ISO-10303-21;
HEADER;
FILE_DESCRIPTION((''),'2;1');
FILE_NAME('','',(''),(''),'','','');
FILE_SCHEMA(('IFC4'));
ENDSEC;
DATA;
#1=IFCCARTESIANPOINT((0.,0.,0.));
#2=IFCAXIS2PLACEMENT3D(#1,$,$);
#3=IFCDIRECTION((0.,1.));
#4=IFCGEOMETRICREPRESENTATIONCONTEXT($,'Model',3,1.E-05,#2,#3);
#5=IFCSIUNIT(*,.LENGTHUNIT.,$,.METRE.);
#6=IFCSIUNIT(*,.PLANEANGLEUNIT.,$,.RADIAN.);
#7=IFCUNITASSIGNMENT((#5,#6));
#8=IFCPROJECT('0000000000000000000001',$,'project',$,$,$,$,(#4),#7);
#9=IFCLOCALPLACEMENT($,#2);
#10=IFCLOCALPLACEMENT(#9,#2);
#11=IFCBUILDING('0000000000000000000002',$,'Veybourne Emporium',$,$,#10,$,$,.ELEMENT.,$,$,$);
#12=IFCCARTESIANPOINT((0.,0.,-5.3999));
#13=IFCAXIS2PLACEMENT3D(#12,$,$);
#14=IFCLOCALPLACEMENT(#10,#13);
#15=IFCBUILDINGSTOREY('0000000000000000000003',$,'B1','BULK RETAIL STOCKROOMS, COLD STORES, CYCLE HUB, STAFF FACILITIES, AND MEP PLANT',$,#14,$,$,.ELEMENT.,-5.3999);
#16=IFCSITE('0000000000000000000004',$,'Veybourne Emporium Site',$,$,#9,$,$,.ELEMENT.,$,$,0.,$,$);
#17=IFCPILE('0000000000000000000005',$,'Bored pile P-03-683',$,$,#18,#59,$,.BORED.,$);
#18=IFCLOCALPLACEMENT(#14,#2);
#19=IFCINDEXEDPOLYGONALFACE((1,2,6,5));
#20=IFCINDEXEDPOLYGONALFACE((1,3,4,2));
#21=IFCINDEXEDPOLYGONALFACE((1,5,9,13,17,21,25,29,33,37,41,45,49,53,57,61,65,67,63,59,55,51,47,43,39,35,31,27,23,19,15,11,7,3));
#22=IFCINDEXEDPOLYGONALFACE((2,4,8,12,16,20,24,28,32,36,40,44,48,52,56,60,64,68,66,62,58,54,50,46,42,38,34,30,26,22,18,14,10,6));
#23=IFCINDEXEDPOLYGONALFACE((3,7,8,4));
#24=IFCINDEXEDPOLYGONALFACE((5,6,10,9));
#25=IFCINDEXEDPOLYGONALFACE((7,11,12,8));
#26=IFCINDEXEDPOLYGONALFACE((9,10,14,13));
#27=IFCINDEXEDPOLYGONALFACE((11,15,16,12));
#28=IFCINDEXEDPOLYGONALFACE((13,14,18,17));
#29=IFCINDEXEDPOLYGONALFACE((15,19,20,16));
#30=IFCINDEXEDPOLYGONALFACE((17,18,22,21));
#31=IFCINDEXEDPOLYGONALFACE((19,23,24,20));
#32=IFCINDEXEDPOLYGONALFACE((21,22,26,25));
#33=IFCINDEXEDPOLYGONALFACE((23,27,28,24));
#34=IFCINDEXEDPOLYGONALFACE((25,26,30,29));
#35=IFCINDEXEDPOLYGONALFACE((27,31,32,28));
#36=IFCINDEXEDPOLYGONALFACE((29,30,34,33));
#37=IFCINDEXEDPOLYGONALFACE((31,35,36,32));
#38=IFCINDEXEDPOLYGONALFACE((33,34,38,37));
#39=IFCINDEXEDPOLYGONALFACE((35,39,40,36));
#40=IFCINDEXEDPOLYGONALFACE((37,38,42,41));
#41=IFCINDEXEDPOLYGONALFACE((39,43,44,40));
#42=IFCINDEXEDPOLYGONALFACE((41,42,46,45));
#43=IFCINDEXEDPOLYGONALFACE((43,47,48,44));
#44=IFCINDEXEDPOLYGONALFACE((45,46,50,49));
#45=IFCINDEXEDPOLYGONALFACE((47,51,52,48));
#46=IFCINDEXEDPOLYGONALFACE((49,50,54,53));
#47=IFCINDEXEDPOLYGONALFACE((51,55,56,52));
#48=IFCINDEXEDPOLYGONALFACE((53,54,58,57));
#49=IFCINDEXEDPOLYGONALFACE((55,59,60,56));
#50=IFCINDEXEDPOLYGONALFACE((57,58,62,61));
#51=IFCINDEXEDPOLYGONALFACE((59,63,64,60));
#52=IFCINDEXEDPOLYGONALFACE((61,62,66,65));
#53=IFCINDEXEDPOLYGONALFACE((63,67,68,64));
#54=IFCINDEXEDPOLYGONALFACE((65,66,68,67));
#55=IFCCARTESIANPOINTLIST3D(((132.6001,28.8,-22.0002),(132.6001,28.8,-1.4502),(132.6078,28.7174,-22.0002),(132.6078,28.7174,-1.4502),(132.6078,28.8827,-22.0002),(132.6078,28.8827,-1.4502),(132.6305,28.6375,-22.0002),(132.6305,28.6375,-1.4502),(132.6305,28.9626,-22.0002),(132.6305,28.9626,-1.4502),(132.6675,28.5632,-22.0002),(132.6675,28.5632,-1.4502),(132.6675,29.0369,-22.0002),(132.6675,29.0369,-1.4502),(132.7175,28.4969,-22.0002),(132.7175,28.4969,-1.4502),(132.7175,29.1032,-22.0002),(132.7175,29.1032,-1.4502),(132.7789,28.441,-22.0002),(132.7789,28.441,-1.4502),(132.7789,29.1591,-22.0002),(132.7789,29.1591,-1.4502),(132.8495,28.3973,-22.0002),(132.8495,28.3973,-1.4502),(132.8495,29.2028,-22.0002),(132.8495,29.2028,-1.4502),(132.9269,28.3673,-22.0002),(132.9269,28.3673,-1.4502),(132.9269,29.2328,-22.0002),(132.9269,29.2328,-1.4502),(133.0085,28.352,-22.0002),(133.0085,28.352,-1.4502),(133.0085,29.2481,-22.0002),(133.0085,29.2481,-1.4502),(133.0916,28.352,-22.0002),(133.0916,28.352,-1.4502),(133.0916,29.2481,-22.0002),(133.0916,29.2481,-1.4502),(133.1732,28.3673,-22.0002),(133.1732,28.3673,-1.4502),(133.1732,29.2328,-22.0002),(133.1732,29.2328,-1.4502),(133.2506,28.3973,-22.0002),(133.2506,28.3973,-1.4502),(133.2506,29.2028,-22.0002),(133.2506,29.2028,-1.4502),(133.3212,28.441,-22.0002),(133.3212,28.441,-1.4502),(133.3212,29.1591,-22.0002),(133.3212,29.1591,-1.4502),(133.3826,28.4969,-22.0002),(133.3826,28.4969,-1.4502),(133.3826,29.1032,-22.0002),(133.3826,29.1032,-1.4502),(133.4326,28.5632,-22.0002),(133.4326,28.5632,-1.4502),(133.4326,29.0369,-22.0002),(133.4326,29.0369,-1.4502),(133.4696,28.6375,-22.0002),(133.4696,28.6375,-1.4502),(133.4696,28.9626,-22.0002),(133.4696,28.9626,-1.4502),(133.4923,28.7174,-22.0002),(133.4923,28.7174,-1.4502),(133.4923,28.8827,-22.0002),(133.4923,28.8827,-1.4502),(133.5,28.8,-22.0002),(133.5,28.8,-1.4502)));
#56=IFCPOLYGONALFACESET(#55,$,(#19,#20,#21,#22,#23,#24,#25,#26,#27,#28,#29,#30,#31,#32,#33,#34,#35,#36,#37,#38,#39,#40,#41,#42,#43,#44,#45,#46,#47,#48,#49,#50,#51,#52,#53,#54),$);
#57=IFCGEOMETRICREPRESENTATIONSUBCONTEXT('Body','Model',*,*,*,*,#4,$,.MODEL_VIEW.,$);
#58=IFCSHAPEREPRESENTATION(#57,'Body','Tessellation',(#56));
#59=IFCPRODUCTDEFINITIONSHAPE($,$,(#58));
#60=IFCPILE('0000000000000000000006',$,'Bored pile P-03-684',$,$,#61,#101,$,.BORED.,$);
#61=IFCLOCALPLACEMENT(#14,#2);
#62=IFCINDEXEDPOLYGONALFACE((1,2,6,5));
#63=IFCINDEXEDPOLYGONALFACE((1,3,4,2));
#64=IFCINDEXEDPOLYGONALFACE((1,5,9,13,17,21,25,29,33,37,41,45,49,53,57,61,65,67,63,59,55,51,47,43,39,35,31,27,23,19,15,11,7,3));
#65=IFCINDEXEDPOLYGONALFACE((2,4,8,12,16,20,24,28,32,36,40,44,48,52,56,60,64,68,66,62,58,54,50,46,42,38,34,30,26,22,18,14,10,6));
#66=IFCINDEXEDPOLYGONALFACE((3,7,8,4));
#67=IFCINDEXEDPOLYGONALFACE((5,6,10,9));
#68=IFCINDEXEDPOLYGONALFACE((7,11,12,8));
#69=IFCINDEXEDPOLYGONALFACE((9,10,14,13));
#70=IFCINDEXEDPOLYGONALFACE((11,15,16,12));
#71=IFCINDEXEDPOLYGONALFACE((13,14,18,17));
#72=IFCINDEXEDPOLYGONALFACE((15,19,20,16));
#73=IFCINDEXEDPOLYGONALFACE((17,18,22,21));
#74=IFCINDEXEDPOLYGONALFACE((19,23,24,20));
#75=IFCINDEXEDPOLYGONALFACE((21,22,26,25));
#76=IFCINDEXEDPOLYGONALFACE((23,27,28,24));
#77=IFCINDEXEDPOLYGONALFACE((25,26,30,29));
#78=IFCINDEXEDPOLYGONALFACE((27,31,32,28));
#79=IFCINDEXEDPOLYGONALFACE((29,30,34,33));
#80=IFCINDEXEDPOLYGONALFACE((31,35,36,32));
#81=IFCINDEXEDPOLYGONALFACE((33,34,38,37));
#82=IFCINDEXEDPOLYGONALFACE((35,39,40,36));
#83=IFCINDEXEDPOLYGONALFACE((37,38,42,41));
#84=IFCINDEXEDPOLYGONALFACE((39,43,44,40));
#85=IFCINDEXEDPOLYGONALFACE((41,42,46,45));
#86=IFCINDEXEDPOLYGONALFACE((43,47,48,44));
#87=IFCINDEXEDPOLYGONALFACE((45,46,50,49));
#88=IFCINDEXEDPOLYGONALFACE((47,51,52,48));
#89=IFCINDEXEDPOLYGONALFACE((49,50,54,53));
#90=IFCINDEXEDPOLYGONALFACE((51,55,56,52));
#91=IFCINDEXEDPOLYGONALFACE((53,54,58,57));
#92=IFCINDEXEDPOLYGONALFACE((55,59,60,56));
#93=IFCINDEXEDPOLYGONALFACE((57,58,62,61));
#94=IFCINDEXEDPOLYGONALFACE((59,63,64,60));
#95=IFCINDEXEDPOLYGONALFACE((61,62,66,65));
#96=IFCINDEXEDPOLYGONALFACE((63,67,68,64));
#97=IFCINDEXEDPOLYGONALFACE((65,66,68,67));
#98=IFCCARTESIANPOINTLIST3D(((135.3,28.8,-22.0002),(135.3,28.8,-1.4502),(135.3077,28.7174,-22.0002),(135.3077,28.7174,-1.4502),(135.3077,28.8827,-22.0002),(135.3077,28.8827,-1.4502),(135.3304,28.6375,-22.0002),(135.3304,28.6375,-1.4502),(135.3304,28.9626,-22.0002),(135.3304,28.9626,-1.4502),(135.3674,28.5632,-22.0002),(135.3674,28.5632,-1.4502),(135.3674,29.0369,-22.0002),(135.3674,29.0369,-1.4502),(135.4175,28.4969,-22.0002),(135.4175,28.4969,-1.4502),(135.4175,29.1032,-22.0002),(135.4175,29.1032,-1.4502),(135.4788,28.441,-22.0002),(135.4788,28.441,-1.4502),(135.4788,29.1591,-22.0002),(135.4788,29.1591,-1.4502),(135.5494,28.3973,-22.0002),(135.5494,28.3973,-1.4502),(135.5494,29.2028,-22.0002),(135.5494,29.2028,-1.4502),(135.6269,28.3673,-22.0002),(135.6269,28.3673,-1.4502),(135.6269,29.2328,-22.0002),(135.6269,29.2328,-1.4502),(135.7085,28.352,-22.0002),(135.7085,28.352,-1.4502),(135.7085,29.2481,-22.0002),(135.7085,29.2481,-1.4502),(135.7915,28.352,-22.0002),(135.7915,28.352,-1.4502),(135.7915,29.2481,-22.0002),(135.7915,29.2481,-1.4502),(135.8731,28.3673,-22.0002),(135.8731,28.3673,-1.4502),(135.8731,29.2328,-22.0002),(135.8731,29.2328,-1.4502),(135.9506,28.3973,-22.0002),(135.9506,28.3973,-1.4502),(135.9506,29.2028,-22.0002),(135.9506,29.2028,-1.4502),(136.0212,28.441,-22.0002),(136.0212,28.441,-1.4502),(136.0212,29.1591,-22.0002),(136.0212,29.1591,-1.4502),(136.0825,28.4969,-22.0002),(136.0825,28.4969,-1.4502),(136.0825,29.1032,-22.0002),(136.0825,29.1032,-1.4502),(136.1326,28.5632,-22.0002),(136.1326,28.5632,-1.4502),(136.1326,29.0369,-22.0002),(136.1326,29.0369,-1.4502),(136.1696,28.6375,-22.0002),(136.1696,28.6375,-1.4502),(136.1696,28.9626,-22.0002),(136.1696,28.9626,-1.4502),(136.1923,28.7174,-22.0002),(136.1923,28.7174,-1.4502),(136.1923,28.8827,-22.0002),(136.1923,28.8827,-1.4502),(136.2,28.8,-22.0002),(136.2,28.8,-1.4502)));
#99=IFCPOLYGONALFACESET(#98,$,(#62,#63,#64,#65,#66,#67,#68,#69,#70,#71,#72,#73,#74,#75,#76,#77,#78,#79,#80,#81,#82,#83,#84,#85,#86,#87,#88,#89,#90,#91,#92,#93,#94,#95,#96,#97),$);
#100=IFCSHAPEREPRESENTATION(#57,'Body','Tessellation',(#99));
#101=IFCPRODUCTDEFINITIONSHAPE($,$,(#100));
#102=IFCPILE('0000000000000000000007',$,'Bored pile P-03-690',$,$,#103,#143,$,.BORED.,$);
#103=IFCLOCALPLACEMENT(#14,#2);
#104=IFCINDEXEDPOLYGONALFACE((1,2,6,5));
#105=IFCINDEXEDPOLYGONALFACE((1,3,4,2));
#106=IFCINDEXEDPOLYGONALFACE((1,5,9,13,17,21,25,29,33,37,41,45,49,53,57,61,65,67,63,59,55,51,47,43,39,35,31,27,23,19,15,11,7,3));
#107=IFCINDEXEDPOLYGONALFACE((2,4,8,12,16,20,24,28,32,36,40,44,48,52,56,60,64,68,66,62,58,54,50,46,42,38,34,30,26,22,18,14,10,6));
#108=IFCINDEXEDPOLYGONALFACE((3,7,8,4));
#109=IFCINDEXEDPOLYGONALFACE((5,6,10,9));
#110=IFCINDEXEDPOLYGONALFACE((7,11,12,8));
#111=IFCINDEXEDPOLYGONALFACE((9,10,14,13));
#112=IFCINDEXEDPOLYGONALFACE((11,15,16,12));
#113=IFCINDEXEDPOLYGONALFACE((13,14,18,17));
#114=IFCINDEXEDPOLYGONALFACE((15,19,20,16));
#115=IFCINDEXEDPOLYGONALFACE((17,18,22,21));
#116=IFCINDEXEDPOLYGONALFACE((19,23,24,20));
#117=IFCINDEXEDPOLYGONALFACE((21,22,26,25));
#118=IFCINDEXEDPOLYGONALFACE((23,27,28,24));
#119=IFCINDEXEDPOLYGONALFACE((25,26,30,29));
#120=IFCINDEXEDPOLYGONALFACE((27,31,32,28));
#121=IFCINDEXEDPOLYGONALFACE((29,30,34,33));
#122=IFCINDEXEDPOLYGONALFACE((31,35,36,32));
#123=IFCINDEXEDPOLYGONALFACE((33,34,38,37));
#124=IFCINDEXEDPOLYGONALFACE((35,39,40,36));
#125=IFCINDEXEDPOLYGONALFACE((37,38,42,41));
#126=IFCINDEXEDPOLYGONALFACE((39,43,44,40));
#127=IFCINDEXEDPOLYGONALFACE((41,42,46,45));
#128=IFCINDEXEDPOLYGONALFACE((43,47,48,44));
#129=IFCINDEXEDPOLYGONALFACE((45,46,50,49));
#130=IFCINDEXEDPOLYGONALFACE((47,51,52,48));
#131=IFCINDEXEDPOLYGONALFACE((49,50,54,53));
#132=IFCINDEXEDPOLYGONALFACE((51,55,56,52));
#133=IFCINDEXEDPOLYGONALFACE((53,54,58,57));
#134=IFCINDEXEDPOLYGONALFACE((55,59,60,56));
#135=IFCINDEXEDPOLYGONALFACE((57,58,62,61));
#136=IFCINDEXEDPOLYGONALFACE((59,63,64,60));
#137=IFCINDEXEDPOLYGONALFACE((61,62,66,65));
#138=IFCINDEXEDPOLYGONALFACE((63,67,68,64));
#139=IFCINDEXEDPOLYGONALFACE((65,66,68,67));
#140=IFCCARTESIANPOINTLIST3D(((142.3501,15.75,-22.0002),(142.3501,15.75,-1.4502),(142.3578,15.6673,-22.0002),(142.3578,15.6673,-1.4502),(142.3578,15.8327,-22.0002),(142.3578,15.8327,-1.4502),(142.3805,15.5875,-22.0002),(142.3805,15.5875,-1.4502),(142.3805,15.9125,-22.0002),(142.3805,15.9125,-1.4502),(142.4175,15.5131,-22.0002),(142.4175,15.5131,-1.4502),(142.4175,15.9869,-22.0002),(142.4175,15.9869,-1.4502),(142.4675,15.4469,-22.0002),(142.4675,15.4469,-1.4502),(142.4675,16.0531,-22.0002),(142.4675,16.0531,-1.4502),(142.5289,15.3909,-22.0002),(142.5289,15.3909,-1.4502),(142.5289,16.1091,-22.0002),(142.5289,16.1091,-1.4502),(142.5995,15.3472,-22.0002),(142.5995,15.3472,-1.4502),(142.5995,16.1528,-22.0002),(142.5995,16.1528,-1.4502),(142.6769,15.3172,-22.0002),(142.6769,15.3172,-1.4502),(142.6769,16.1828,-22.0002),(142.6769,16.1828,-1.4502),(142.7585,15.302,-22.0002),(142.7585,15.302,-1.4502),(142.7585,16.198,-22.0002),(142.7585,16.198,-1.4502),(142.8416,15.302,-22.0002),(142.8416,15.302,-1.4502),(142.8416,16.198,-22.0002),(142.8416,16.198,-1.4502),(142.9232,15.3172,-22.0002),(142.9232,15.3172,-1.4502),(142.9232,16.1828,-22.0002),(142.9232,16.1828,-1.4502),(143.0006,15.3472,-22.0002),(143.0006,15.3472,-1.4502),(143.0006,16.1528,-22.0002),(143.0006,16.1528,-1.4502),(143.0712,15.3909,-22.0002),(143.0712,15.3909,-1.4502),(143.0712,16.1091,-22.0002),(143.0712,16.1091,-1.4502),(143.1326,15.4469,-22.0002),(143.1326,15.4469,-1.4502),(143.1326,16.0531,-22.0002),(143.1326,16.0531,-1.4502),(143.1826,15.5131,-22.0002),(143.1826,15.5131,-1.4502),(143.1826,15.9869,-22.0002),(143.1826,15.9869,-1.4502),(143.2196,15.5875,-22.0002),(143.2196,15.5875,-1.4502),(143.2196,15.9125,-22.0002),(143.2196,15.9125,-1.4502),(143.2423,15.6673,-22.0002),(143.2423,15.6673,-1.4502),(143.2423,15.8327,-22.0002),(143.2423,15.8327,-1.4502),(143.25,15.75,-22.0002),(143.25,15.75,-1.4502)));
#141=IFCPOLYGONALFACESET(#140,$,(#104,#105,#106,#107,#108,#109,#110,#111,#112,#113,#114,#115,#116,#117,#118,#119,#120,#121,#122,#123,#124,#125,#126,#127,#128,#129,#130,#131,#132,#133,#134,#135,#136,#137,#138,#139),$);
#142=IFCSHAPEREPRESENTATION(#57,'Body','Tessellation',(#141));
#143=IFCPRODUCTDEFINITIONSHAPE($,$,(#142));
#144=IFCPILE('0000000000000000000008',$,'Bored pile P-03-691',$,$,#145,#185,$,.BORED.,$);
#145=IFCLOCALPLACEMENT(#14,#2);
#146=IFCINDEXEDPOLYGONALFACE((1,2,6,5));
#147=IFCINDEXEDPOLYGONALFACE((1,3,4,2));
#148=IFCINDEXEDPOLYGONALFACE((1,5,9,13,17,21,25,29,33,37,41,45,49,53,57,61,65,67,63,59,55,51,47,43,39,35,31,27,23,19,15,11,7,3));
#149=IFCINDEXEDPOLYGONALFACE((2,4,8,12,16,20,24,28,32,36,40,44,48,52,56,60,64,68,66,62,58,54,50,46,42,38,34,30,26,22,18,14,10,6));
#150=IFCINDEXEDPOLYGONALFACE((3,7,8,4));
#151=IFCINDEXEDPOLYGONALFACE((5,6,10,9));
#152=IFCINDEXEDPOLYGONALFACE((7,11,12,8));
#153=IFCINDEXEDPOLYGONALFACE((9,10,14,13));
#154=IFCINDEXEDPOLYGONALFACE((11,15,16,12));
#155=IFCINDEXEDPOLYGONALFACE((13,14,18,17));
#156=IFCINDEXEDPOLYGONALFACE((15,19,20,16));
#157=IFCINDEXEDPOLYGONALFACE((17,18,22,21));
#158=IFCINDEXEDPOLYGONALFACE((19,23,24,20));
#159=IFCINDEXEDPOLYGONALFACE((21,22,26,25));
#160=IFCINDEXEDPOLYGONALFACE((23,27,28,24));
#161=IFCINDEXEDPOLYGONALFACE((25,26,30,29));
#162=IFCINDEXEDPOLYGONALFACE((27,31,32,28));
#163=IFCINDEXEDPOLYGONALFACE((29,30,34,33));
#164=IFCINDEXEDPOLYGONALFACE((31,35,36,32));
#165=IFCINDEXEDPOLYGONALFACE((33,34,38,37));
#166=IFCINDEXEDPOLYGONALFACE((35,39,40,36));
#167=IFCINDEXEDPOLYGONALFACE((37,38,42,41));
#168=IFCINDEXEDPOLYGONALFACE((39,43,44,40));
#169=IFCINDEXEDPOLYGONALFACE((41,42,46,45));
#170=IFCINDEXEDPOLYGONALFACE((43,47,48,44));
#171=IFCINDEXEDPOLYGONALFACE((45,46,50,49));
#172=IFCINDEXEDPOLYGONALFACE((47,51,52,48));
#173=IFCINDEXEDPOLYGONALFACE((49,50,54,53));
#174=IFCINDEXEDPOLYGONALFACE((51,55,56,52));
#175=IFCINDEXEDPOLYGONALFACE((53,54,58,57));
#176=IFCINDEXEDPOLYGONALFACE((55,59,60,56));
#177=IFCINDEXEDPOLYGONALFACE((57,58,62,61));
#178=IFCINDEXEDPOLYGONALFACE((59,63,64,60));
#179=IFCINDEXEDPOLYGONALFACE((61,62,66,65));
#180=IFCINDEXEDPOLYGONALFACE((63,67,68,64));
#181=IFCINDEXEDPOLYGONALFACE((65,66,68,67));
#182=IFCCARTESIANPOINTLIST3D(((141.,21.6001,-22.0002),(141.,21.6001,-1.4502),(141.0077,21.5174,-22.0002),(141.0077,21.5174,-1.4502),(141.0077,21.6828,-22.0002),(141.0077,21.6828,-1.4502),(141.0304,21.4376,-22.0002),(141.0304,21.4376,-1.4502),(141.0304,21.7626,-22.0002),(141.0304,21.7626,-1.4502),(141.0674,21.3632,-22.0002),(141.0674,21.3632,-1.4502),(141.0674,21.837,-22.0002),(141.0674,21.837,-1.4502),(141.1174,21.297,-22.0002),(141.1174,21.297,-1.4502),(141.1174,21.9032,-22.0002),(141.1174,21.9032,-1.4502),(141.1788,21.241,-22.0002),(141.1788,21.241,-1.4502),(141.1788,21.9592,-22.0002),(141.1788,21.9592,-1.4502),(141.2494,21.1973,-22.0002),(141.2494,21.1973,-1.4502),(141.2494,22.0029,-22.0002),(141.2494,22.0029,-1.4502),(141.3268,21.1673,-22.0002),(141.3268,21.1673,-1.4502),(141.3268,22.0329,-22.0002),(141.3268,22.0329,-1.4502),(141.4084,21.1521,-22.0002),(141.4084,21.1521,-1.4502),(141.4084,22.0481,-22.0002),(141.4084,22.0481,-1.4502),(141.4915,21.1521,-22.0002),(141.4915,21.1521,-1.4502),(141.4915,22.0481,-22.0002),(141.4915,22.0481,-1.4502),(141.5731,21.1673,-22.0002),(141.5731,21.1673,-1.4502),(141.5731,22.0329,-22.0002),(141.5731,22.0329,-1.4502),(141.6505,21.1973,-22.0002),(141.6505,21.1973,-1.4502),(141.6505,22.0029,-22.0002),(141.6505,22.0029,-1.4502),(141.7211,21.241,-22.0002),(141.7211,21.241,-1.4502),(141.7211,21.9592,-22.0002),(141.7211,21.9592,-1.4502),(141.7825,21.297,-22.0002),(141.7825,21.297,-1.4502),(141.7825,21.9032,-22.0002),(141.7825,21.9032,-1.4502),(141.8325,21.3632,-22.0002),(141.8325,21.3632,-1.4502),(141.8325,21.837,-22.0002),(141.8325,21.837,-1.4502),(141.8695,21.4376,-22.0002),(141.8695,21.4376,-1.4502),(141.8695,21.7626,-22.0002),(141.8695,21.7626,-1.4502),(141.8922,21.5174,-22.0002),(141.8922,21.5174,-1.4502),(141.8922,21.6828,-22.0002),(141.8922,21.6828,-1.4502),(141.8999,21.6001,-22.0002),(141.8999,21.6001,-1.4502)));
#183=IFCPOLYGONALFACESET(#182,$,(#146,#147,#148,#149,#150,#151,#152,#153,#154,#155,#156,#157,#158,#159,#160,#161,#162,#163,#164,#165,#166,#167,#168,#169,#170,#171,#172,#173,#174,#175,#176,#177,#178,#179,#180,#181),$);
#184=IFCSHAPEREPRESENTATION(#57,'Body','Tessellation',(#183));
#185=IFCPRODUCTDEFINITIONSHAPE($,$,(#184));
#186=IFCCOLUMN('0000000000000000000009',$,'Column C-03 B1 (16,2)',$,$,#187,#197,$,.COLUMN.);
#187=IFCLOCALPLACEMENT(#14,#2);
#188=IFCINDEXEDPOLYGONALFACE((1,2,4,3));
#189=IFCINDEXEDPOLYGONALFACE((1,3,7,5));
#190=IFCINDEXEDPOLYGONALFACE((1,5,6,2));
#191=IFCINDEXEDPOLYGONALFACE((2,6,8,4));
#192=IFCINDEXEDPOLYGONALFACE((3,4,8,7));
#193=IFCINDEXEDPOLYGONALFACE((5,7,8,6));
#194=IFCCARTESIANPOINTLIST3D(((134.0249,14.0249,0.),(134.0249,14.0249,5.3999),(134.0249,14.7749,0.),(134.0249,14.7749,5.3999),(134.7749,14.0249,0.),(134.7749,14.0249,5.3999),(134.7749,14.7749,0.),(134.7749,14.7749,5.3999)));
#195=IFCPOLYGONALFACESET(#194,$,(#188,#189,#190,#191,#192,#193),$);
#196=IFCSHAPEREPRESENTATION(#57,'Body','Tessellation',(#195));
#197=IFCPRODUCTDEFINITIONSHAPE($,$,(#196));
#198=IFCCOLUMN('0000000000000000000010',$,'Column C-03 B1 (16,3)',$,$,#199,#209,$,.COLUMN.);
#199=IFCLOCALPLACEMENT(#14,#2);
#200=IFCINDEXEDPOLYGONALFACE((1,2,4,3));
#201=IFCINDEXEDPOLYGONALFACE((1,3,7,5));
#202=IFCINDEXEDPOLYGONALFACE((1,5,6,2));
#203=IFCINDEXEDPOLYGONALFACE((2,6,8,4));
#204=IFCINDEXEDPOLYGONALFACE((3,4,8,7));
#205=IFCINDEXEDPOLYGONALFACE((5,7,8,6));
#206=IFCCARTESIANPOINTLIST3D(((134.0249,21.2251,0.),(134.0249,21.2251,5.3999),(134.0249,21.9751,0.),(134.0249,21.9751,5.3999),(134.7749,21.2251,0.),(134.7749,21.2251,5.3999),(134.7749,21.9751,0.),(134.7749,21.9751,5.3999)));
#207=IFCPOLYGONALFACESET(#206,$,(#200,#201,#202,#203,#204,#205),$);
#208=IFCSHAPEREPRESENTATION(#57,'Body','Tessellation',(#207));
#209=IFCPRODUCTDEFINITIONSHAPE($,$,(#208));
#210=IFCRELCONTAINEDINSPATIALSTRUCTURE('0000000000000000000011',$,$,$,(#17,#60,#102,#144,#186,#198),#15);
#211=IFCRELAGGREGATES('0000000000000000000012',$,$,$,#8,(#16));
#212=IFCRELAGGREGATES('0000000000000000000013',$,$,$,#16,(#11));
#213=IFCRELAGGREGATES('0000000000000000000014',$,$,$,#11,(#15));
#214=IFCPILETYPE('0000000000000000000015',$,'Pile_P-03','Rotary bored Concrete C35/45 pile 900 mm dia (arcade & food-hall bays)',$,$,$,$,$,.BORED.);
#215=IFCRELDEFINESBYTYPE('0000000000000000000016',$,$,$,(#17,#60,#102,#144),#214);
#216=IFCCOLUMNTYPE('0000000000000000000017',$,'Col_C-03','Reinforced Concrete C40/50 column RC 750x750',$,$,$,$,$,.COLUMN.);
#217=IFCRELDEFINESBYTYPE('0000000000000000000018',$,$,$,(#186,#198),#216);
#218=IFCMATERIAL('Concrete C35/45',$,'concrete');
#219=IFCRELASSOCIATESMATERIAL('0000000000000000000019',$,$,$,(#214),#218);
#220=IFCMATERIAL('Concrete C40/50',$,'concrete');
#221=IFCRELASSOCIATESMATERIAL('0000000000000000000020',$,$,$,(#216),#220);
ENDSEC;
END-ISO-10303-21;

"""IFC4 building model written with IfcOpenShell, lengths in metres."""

from ifc_helpers import new_model, si_unit, direction, frame, origin, origin_2d, place, context, subcontext, project, spatial, rectangle, circle, extrude, material, material_profile, profile_set, type_object, element, save


model = new_model("IFC4")

# Units and contexts
model_context = context("Model", 3, precision=1e-05, world=origin(), true_north=direction((0.0, 1.0)))
body_context = subcontext(model_context, "Body", "Model", "MODEL_VIEW")
ifc_project = project(units=[si_unit("LENGTHUNIT", "METRE"), si_unit("PLANEANGLEUNIT", "RADIAN")], contexts=[model_context])

# Site, building, storey
site_placement = place(None, origin())
site = spatial("IfcSite", under=ifc_project, at=site_placement, Name="Veybourne Emporium Site", CompositionType="ELEMENT", RefElevation=0.0)
building_placement = place(site_placement, origin())
building = spatial("IfcBuilding", under=site, at=building_placement, Name="Veybourne Emporium", CompositionType="ELEMENT")
storey_placement = place(building_placement, frame((0.0, 0.0, -5.3999)))
storey = spatial("IfcBuildingStorey", under=building, at=storey_placement, Name="B1", Description="BULK RETAIL STOCKROOMS, COLD STORES, CYCLE HUB, STAFF FACILITIES, AND MEP PLANT", CompositionType="ELEMENT", Elevation=-5.3999)

# Shared definitions
ifc_material_1 = material(Name="Concrete C35/45", Category="concrete")

# Piles
ifc_material_profile_1 = material_profile(ifc_material_1, circle(Radius=0.45, at=origin_2d()), Name="BORED PILE 900")
ifc_profile_set_1 = profile_set([ifc_material_profile_1], Name="Concrete C35/45")
pile_type = type_object("IfcPileType", Name="Pile_P-03", Description="Rotary bored Concrete C35/45 pile 900 mm dia (arcade & food-hall bays)", PredefinedType="BORED", material=ifc_profile_set_1)
for number, where, z_axis, x_axis, name in (
    (1, (133.05, 28.8, -1.4502), (0.0, 0.0, -1.0), (1.0, 0.0, 0.0), "Bored pile P-03-683"),
    (2, (135.75, 28.8, -1.4502), (0.0, 0.0, -1.0), (1.0, 0.0, 0.0), "Bored pile P-03-684"),
    (3, (142.8, 15.75, -1.4502), (0.0, 0.0, -1.0), (1.0, 0.0, 0.0), "Bored pile P-03-690"),
    (4, (141.45, 21.6001, -1.4502), (0.0, 0.0, -1.0), (1.0, 0.0, 0.0), "Bored pile P-03-691"),
):
    element("IfcPile", number, at=place(storey_placement, frame(where, z_axis=z_axis, x_axis=x_axis)), inside=storey, type_object=pile_type, Name=name, PredefinedType="BORED", context=body_context, shape_type="SweptSolid", body=[
        extrude(circle(Radius=0.45, at=origin_2d()), origin(), (0.0, 0.0, 1.0), 20.55),
    ])

# Columns
ifc_material_2 = material(Name="Concrete C40/50", Category="concrete")
ifc_material_profile_2 = material_profile(ifc_material_2, rectangle(XDim=0.75, YDim=0.75, at=origin_2d()), Name="RC 750x750")
ifc_profile_set_2 = profile_set([ifc_material_profile_2], Name="Concrete C40/50")
column_type_1 = type_object("IfcColumnType", Name="Col_C-03", Description="Reinforced Concrete C40/50 column RC 750x750", PredefinedType="COLUMN", material=ifc_profile_set_2)
for number, where, z_axis, x_axis, name in (
    (5, (134.3999, 14.3999, 0.0), (0.0, 0.0, 1.0), (1.0, 0.0, 0.0), "Column C-03 B1 (16,2)"),
    (6, (134.3999, 21.6001, 0.0), (0.0, 0.0, 1.0), (1.0, 0.0, 0.0), "Column C-03 B1 (16,3)"),
):
    element("IfcColumn", number, at=place(storey_placement, frame(where, z_axis=z_axis, x_axis=x_axis)), inside=storey, type_object=column_type_1, Name=name, PredefinedType="COLUMN", context=body_context, shape_type="SweptSolid", body=[
        extrude(rectangle(XDim=0.75, YDim=0.75, at=origin_2d()), origin(), (0.0, 0.0, 1.0), 5.3999),
    ])

save(model, "model.ifc")
